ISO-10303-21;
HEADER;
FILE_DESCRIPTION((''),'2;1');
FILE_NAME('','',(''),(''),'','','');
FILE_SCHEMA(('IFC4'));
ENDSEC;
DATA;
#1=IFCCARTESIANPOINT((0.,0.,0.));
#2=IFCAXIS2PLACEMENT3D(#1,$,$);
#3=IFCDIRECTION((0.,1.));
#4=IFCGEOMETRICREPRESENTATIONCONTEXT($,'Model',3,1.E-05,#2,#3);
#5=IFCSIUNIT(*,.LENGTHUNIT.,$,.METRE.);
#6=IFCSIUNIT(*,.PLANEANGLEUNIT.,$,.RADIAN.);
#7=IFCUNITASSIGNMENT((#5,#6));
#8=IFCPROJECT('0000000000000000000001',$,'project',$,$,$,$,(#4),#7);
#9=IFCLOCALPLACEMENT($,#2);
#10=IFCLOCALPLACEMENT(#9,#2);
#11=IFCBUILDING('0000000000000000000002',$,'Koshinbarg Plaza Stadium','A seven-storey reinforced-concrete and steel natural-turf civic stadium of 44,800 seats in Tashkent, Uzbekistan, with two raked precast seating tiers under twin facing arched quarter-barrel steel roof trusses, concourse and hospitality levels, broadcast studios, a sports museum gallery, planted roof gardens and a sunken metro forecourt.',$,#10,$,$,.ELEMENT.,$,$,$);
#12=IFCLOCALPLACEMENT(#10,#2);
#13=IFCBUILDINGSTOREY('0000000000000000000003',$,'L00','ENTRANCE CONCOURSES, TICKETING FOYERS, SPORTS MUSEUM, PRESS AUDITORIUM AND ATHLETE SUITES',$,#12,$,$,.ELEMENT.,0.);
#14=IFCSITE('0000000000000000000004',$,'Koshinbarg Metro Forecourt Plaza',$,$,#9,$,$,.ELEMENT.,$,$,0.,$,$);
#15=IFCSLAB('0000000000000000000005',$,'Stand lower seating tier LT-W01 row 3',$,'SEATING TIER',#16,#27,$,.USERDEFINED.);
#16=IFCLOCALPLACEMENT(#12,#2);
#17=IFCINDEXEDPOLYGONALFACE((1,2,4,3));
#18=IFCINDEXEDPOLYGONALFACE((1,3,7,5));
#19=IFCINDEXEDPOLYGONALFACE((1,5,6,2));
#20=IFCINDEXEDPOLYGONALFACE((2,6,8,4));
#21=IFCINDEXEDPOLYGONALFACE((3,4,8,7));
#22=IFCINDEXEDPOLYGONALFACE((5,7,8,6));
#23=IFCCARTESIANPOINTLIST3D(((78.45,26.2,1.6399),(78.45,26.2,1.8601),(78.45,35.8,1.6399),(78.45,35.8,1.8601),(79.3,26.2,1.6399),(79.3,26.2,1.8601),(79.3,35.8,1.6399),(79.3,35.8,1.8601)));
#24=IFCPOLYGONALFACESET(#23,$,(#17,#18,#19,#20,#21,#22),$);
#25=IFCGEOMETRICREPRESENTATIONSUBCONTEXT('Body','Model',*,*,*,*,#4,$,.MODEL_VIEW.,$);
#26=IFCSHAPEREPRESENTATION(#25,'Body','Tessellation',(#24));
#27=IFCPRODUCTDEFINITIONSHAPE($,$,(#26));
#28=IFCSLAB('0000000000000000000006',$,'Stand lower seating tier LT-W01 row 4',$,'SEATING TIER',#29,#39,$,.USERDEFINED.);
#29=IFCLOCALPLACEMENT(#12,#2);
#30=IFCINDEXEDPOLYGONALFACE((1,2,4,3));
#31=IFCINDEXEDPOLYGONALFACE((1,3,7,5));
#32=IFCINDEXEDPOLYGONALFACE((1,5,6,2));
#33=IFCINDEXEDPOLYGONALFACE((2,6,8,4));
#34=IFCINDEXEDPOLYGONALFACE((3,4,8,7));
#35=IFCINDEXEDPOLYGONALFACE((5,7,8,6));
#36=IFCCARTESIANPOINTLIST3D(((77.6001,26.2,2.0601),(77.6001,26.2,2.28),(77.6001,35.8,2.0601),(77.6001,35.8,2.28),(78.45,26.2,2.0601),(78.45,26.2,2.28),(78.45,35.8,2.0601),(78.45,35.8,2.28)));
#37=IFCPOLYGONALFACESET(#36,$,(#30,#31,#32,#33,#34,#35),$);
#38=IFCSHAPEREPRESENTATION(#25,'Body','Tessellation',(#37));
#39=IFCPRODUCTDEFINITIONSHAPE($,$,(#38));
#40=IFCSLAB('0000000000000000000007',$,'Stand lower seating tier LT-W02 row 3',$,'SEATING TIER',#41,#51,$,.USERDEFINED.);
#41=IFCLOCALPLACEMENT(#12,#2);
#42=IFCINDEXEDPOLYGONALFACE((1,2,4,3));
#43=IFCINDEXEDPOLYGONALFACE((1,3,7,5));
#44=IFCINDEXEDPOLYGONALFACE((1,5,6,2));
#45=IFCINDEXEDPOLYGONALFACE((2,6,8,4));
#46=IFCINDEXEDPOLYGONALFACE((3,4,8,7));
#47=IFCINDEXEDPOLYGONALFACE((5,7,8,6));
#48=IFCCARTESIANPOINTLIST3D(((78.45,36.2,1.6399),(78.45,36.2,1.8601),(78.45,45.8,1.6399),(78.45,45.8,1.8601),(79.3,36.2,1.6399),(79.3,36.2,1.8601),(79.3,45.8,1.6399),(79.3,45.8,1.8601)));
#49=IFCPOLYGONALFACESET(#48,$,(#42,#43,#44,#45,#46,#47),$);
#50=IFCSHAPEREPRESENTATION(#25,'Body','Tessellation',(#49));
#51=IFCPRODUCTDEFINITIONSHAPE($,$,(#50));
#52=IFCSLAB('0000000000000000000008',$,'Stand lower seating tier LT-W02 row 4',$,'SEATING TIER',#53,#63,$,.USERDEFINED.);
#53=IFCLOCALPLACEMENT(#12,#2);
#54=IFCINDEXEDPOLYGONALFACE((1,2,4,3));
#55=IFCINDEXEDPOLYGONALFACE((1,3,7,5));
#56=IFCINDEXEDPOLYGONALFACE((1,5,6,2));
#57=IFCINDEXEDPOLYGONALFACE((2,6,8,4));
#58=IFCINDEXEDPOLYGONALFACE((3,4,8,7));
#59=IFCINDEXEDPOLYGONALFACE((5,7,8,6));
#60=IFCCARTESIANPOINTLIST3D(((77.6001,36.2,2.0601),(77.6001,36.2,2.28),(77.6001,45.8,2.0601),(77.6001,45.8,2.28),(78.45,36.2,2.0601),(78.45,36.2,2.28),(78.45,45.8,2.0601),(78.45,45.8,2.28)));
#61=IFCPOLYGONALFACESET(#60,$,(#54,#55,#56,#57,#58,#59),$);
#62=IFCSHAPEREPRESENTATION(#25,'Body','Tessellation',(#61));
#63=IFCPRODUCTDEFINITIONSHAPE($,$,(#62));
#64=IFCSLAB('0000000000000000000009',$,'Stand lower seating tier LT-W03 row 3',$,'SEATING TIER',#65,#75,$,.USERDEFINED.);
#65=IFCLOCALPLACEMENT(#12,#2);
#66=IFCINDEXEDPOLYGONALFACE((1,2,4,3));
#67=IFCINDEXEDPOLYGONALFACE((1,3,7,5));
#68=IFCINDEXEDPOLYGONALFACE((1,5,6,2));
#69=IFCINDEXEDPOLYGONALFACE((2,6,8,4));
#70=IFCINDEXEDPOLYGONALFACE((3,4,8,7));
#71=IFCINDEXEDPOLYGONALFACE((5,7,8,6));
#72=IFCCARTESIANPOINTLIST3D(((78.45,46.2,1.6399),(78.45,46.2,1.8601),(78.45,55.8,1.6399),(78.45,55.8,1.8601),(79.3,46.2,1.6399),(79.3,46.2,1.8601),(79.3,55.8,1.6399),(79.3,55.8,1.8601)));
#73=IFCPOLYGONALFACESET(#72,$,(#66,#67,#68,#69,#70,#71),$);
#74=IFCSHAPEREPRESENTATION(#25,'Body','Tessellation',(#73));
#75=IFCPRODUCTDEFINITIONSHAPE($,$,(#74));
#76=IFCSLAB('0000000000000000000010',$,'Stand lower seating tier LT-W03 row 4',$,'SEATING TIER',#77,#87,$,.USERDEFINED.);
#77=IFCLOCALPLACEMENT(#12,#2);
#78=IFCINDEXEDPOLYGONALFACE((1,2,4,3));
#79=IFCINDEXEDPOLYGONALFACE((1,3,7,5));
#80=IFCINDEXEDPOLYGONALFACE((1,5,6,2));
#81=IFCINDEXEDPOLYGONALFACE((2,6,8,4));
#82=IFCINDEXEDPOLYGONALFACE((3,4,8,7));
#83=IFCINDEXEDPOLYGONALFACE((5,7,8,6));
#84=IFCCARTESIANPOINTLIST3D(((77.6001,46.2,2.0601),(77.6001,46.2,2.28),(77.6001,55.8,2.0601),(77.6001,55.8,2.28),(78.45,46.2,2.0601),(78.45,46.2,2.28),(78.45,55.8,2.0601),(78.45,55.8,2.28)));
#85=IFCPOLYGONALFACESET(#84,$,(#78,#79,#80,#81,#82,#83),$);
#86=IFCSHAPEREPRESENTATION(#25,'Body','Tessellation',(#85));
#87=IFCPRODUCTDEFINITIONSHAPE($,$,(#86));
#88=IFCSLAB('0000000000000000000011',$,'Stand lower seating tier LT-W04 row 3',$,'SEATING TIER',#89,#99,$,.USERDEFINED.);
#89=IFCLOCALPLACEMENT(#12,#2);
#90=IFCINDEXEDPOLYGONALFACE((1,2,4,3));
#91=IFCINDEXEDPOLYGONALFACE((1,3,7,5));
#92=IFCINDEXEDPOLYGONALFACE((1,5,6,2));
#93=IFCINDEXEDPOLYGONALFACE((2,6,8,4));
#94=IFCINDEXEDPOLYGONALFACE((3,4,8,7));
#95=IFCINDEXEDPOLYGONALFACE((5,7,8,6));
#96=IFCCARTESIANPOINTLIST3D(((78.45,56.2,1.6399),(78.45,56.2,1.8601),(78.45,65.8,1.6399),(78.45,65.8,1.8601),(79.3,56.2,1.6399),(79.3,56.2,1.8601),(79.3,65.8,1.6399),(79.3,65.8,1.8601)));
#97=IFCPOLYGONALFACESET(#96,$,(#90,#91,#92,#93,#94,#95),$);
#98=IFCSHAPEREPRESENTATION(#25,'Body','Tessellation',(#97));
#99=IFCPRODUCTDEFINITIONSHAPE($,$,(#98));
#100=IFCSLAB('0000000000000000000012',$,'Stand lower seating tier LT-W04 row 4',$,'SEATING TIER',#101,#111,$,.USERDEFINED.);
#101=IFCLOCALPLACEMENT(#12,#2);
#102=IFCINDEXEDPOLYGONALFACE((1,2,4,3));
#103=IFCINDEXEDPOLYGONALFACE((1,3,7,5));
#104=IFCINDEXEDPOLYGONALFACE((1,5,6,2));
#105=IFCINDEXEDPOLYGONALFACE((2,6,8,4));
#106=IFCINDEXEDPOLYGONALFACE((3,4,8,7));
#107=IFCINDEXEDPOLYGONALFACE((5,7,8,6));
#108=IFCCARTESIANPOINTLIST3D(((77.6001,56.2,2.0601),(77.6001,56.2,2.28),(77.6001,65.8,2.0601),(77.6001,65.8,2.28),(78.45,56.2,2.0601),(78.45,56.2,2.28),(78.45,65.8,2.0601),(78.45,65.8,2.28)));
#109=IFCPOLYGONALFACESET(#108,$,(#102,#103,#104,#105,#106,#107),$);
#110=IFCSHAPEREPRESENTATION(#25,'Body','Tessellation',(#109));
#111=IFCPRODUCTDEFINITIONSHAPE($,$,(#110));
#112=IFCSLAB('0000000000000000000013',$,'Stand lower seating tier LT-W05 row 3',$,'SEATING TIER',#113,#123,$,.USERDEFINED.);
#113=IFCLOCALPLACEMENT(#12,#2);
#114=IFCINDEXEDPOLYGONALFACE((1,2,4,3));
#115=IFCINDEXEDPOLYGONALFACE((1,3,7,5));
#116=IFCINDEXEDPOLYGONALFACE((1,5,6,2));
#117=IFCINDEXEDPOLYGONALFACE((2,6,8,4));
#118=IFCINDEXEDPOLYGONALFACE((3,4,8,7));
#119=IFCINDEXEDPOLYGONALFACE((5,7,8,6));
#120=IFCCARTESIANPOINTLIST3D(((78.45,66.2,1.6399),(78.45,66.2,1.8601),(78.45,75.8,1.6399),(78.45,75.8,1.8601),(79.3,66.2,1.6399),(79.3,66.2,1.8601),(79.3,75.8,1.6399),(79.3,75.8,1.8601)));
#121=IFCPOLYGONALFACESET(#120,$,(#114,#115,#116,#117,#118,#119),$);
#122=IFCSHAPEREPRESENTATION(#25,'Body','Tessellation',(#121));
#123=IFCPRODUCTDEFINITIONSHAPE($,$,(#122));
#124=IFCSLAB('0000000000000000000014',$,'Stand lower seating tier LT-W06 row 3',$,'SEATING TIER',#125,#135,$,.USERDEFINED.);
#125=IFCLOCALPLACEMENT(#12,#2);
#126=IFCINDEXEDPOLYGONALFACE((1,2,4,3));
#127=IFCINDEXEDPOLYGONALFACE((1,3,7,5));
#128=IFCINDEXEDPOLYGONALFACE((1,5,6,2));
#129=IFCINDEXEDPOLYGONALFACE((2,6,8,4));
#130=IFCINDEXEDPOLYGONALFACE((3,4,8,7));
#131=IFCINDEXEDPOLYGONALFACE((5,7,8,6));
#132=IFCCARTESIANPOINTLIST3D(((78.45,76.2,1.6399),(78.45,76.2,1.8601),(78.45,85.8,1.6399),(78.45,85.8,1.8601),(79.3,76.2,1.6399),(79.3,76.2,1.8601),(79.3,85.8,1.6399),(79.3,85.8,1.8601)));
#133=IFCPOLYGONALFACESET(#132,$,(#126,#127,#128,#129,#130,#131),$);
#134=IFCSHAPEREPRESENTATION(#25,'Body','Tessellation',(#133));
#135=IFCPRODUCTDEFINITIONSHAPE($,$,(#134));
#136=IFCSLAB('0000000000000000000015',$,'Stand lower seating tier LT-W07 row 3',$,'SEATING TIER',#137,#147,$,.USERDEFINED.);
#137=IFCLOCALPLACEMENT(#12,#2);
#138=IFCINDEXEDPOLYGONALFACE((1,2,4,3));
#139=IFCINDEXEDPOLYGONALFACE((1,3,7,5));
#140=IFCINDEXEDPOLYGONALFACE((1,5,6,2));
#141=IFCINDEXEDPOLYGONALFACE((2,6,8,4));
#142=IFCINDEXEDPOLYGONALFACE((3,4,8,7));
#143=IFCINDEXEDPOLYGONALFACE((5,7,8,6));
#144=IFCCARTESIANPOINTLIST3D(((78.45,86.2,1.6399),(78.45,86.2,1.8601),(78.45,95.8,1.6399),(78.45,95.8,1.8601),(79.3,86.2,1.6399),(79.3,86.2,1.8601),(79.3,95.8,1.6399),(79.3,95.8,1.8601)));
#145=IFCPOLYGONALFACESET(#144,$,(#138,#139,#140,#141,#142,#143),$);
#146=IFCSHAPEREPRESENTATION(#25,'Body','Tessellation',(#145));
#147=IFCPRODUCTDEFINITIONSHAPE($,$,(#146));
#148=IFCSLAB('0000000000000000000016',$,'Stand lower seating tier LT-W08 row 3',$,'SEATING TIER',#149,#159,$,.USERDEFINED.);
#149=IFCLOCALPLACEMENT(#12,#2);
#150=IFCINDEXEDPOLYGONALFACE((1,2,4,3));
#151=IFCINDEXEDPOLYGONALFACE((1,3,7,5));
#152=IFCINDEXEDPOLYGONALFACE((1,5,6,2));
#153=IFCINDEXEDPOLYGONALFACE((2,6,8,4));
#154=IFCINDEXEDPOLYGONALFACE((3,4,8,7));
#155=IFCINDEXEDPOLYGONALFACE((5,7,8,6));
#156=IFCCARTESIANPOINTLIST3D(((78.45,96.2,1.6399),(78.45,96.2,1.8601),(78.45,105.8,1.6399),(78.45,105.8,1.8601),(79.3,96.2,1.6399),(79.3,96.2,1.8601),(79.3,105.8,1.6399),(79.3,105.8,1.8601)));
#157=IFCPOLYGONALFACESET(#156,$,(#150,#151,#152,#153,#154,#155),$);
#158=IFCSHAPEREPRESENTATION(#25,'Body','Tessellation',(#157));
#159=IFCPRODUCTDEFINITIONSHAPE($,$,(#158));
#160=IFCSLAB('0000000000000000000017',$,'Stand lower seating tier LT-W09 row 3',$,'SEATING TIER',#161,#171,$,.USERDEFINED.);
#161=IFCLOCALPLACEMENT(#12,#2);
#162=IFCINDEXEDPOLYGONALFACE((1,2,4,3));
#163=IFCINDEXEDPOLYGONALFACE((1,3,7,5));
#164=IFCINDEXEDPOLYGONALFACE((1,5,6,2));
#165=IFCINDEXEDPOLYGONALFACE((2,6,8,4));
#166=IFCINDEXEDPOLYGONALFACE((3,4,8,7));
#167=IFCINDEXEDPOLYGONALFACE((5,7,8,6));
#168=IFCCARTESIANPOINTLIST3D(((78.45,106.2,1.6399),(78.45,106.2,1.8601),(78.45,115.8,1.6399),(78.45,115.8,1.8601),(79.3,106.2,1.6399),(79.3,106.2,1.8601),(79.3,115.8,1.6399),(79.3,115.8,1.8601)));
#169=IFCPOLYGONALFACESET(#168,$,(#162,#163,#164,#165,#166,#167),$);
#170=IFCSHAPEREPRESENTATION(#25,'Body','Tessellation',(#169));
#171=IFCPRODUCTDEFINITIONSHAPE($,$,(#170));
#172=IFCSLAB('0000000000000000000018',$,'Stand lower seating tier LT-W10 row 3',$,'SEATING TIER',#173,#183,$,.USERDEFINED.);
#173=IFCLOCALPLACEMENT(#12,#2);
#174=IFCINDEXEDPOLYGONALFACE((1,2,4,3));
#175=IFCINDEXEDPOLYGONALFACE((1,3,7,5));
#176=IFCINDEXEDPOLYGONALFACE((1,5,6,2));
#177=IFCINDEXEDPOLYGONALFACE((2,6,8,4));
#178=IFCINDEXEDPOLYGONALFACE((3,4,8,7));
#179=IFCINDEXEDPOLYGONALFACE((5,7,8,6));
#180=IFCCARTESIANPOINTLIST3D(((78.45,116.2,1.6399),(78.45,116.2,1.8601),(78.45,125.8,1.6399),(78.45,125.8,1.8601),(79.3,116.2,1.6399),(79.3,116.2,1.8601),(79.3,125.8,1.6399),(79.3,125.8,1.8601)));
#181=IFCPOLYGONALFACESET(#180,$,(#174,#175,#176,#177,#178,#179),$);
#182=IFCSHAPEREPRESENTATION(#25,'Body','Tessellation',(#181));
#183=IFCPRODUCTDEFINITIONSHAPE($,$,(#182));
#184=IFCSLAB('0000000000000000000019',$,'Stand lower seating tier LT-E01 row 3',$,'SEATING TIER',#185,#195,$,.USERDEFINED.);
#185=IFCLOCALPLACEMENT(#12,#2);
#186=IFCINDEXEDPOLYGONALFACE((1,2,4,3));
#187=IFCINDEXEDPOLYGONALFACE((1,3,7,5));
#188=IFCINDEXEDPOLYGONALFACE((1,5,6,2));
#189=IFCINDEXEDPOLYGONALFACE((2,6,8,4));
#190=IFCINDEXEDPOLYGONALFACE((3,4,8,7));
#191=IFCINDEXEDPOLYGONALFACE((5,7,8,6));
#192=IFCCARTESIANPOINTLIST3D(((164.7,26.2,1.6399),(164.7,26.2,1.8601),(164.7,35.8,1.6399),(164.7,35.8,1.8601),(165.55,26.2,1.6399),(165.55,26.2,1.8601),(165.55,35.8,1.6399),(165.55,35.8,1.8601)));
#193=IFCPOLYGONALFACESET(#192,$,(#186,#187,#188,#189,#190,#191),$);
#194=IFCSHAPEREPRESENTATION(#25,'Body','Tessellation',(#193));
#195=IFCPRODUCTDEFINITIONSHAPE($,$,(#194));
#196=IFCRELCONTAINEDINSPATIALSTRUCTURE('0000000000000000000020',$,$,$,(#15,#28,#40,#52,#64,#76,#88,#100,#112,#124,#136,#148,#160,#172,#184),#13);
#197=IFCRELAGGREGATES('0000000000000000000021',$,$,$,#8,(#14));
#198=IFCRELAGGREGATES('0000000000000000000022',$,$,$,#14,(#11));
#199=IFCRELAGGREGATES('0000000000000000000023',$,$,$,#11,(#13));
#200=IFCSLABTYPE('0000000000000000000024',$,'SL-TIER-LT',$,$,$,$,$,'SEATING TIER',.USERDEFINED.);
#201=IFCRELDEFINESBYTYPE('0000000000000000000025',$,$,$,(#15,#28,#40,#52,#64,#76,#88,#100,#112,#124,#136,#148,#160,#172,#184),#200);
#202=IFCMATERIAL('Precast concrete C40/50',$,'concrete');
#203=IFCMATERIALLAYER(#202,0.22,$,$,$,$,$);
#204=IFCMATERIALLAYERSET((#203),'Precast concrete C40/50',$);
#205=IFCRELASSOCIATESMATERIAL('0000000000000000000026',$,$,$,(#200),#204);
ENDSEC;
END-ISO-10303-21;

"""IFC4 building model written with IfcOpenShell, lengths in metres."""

from ifc_helpers import new_model, si_unit, direction, frame, origin, place, context, subcontext, project, spatial, polyline, outline, extrude, material, layer, layer_set, type_object, element, save


model = new_model("IFC4")

# Units and contexts
model_context = context("Model", 3, precision=1e-05, world=origin(), true_north=direction((0.0, 1.0)))
body_context = subcontext(model_context, "Body", "Model", "MODEL_VIEW")
ifc_project = project(units=[si_unit("LENGTHUNIT", "METRE"), si_unit("PLANEANGLEUNIT", "RADIAN")], contexts=[model_context])

# Site, building, storey
site_placement = place(None, origin())
site = spatial("IfcSite", under=ifc_project, at=site_placement, Name="Koshinbarg Metro Forecourt Plaza", CompositionType="ELEMENT", RefElevation=0.0)
building_placement = place(site_placement, origin())
building = spatial("IfcBuilding", under=site, at=building_placement, Name="Koshinbarg Plaza Stadium", Description="A seven-storey reinforced-concrete and steel natural-turf civic stadium of 44,800 seats in Tashkent, Uzbekistan, with two raked precast seating tiers under twin facing arched quarter-barrel steel roof trusses, concourse and hospitality levels, broadcast studios, a sports museum gallery, planted roof gardens and a sunken metro forecourt.", CompositionType="ELEMENT")
storey_placement = place(building_placement, origin())
storey = spatial("IfcBuildingStorey", under=building, at=storey_placement, Name="L00", Description="ENTRANCE CONCOURSES, TICKETING FOYERS, SPORTS MUSEUM, PRESS AUDITORIUM AND ATHLETE SUITES", CompositionType="ELEMENT", Elevation=0.0)

# Slabs
ifc_material = material(Name="Precast concrete C40/50", Category="concrete")
ifc_layer = layer(ifc_material, 0.22)
ifc_layer_set = layer_set([ifc_layer], Name="Precast concrete C40/50")
slab_type = type_object("IfcSlabType", Name="SL-TIER-LT", ElementType="SEATING TIER", PredefinedType="USERDEFINED", material=ifc_layer_set)
slab_1_placement = place(storey_placement, frame((0.0, 0.0, 1.6399)))
element("IfcSlab", 1, at=slab_1_placement, inside=storey, type_object=slab_type, Name="Stand lower seating tier LT-W01 row 3", ObjectType="SEATING TIER", PredefinedType="USERDEFINED", context=body_context, shape_type="SweptSolid", body=[
    extrude(outline(polyline([(78.45, 26.2), (79.3, 26.2), (79.3, 35.8), (78.45, 35.8), (78.45, 26.2)])), origin(), (0.0, 0.0, 1.0), 0.2202),
])
slab_2_placement = place(storey_placement, frame((0.0, 0.0, 2.0601)))
element("IfcSlab", 2, at=slab_2_placement, inside=storey, type_object=slab_type, Name="Stand lower seating tier LT-W01 row 4", ObjectType="SEATING TIER", PredefinedType="USERDEFINED", context=body_context, shape_type="SweptSolid", body=[
    extrude(outline(polyline([(77.6001, 26.2), (78.45, 26.2), (78.45, 35.8), (77.6001, 35.8), (77.6001, 26.2)])), origin(), (0.0, 0.0, 1.0), 0.22),
])
slab_3_placement = place(storey_placement, frame((0.0, 0.0, 1.6399)))
element("IfcSlab", 3, at=slab_3_placement, inside=storey, type_object=slab_type, Name="Stand lower seating tier LT-W02 row 3", ObjectType="SEATING TIER", PredefinedType="USERDEFINED", context=body_context, shape_type="SweptSolid", body=[
    extrude(outline(polyline([(78.45, 36.2), (79.3, 36.2), (79.3, 45.8), (78.45, 45.8), (78.45, 36.2)])), origin(), (0.0, 0.0, 1.0), 0.2202),
])
slab_4_placement = place(storey_placement, frame((0.0, 0.0, 2.0601)))
element("IfcSlab", 4, at=slab_4_placement, inside=storey, type_object=slab_type, Name="Stand lower seating tier LT-W02 row 4", ObjectType="SEATING TIER", PredefinedType="USERDEFINED", context=body_context, shape_type="SweptSolid", body=[
    extrude(outline(polyline([(77.6001, 36.2), (78.45, 36.2), (78.45, 45.8), (77.6001, 45.8), (77.6001, 36.2)])), origin(), (0.0, 0.0, 1.0), 0.22),
])
slab_5_placement = place(storey_placement, frame((0.0, 0.0, 1.6399)))
element("IfcSlab", 5, at=slab_5_placement, inside=storey, type_object=slab_type, Name="Stand lower seating tier LT-W03 row 3", ObjectType="SEATING TIER", PredefinedType="USERDEFINED", context=body_context, shape_type="SweptSolid", body=[
    extrude(outline(polyline([(78.45, 46.2), (79.3, 46.2), (79.3, 55.8), (78.45, 55.8), (78.45, 46.2)])), origin(), (0.0, 0.0, 1.0), 0.2202),
])
slab_6_placement = place(storey_placement, frame((0.0, 0.0, 2.0601)))
element("IfcSlab", 6, at=slab_6_placement, inside=storey, type_object=slab_type, Name="Stand lower seating tier LT-W03 row 4", ObjectType="SEATING TIER", PredefinedType="USERDEFINED", context=body_context, shape_type="SweptSolid", body=[
    extrude(outline(polyline([(77.6001, 46.2), (78.45, 46.2), (78.45, 55.8), (77.6001, 55.8), (77.6001, 46.2)])), origin(), (0.0, 0.0, 1.0), 0.22),
])
slab_7_placement = place(storey_placement, frame((0.0, 0.0, 1.6399)))
element("IfcSlab", 7, at=slab_7_placement, inside=storey, type_object=slab_type, Name="Stand lower seating tier LT-W04 row 3", ObjectType="SEATING TIER", PredefinedType="USERDEFINED", context=body_context, shape_type="SweptSolid", body=[
    extrude(outline(polyline([(78.45, 56.2), (79.3, 56.2), (79.3, 65.8), (78.45, 65.8), (78.45, 56.2)])), origin(), (0.0, 0.0, 1.0), 0.2202),
])
slab_8_placement = place(storey_placement, frame((0.0, 0.0, 2.0601)))
element("IfcSlab", 8, at=slab_8_placement, inside=storey, type_object=slab_type, Name="Stand lower seating tier LT-W04 row 4", ObjectType="SEATING TIER", PredefinedType="USERDEFINED", context=body_context, shape_type="SweptSolid", body=[
    extrude(outline(polyline([(77.6001, 56.2), (78.45, 56.2), (78.45, 65.8), (77.6001, 65.8), (77.6001, 56.2)])), origin(), (0.0, 0.0, 1.0), 0.22),
])
slab_9_placement = place(storey_placement, frame((0.0, 0.0, 1.6399)))
element("IfcSlab", 9, at=slab_9_placement, inside=storey, type_object=slab_type, Name="Stand lower seating tier LT-W05 row 3", ObjectType="SEATING TIER", PredefinedType="USERDEFINED", context=body_context, shape_type="SweptSolid", body=[
    extrude(outline(polyline([(78.45, 66.2), (79.3, 66.2), (79.3, 75.8), (78.45, 75.8), (78.45, 66.2)])), origin(), (0.0, 0.0, 1.0), 0.2202),
])
slab_10_placement = place(storey_placement, frame((0.0, 0.0, 1.6399)))
element("IfcSlab", 10, at=slab_10_placement, inside=storey, type_object=slab_type, Name="Stand lower seating tier LT-W06 row 3", ObjectType="SEATING TIER", PredefinedType="USERDEFINED", context=body_context, shape_type="SweptSolid", body=[
    extrude(outline(polyline([(78.45, 76.2), (79.3, 76.2), (79.3, 85.8), (78.45, 85.8), (78.45, 76.2)])), origin(), (0.0, 0.0, 1.0), 0.2202),
])
slab_11_placement = place(storey_placement, frame((0.0, 0.0, 1.6399)))
element("IfcSlab", 11, at=slab_11_placement, inside=storey, type_object=slab_type, Name="Stand lower seating tier LT-W07 row 3", ObjectType="SEATING TIER", PredefinedType="USERDEFINED", context=body_context, shape_type="SweptSolid", body=[
    extrude(outline(polyline([(78.45, 86.2), (79.3, 86.2), (79.3, 95.8), (78.45, 95.8), (78.45, 86.2)])), origin(), (0.0, 0.0, 1.0), 0.2202),
])
slab_12_placement = place(storey_placement, frame((0.0, 0.0, 1.6399)))
element("IfcSlab", 12, at=slab_12_placement, inside=storey, type_object=slab_type, Name="Stand lower seating tier LT-W08 row 3", ObjectType="SEATING TIER", PredefinedType="USERDEFINED", context=body_context, shape_type="SweptSolid", body=[
    extrude(outline(polyline([(78.45, 96.2), (79.3, 96.2), (79.3, 105.8), (78.45, 105.8), (78.45, 96.2)])), origin(), (0.0, 0.0, 1.0), 0.2202),
])
slab_13_placement = place(storey_placement, frame((0.0, 0.0, 1.6399)))
element("IfcSlab", 13, at=slab_13_placement, inside=storey, type_object=slab_type, Name="Stand lower seating tier LT-W09 row 3", ObjectType="SEATING TIER", PredefinedType="USERDEFINED", context=body_context, shape_type="SweptSolid", body=[
    extrude(outline(polyline([(78.45, 106.2), (79.3, 106.2), (79.3, 115.8), (78.45, 115.8), (78.45, 106.2)])), origin(), (0.0, 0.0, 1.0), 0.2202),
])
slab_14_placement = place(storey_placement, frame((0.0, 0.0, 1.6399)))
element("IfcSlab", 14, at=slab_14_placement, inside=storey, type_object=slab_type, Name="Stand lower seating tier LT-W10 row 3", ObjectType="SEATING TIER", PredefinedType="USERDEFINED", context=body_context, shape_type="SweptSolid", body=[
    extrude(outline(polyline([(78.45, 116.2), (79.3, 116.2), (79.3, 125.8), (78.45, 125.8), (78.45, 116.2)])), origin(), (0.0, 0.0, 1.0), 0.2202),
])
slab_15_placement = place(storey_placement, frame((0.0, 0.0, 1.6399)))
element("IfcSlab", 15, at=slab_15_placement, inside=storey, type_object=slab_type, Name="Stand lower seating tier LT-E01 row 3", ObjectType="SEATING TIER", PredefinedType="USERDEFINED", context=body_context, shape_type="SweptSolid", body=[
    extrude(outline(polyline([(164.7, 26.2), (165.55, 26.2), (165.55, 35.8), (164.7, 35.8), (164.7, 26.2)])), origin(), (0.0, 0.0, 1.0), 0.2202),
])

save(model, "model.ifc")
